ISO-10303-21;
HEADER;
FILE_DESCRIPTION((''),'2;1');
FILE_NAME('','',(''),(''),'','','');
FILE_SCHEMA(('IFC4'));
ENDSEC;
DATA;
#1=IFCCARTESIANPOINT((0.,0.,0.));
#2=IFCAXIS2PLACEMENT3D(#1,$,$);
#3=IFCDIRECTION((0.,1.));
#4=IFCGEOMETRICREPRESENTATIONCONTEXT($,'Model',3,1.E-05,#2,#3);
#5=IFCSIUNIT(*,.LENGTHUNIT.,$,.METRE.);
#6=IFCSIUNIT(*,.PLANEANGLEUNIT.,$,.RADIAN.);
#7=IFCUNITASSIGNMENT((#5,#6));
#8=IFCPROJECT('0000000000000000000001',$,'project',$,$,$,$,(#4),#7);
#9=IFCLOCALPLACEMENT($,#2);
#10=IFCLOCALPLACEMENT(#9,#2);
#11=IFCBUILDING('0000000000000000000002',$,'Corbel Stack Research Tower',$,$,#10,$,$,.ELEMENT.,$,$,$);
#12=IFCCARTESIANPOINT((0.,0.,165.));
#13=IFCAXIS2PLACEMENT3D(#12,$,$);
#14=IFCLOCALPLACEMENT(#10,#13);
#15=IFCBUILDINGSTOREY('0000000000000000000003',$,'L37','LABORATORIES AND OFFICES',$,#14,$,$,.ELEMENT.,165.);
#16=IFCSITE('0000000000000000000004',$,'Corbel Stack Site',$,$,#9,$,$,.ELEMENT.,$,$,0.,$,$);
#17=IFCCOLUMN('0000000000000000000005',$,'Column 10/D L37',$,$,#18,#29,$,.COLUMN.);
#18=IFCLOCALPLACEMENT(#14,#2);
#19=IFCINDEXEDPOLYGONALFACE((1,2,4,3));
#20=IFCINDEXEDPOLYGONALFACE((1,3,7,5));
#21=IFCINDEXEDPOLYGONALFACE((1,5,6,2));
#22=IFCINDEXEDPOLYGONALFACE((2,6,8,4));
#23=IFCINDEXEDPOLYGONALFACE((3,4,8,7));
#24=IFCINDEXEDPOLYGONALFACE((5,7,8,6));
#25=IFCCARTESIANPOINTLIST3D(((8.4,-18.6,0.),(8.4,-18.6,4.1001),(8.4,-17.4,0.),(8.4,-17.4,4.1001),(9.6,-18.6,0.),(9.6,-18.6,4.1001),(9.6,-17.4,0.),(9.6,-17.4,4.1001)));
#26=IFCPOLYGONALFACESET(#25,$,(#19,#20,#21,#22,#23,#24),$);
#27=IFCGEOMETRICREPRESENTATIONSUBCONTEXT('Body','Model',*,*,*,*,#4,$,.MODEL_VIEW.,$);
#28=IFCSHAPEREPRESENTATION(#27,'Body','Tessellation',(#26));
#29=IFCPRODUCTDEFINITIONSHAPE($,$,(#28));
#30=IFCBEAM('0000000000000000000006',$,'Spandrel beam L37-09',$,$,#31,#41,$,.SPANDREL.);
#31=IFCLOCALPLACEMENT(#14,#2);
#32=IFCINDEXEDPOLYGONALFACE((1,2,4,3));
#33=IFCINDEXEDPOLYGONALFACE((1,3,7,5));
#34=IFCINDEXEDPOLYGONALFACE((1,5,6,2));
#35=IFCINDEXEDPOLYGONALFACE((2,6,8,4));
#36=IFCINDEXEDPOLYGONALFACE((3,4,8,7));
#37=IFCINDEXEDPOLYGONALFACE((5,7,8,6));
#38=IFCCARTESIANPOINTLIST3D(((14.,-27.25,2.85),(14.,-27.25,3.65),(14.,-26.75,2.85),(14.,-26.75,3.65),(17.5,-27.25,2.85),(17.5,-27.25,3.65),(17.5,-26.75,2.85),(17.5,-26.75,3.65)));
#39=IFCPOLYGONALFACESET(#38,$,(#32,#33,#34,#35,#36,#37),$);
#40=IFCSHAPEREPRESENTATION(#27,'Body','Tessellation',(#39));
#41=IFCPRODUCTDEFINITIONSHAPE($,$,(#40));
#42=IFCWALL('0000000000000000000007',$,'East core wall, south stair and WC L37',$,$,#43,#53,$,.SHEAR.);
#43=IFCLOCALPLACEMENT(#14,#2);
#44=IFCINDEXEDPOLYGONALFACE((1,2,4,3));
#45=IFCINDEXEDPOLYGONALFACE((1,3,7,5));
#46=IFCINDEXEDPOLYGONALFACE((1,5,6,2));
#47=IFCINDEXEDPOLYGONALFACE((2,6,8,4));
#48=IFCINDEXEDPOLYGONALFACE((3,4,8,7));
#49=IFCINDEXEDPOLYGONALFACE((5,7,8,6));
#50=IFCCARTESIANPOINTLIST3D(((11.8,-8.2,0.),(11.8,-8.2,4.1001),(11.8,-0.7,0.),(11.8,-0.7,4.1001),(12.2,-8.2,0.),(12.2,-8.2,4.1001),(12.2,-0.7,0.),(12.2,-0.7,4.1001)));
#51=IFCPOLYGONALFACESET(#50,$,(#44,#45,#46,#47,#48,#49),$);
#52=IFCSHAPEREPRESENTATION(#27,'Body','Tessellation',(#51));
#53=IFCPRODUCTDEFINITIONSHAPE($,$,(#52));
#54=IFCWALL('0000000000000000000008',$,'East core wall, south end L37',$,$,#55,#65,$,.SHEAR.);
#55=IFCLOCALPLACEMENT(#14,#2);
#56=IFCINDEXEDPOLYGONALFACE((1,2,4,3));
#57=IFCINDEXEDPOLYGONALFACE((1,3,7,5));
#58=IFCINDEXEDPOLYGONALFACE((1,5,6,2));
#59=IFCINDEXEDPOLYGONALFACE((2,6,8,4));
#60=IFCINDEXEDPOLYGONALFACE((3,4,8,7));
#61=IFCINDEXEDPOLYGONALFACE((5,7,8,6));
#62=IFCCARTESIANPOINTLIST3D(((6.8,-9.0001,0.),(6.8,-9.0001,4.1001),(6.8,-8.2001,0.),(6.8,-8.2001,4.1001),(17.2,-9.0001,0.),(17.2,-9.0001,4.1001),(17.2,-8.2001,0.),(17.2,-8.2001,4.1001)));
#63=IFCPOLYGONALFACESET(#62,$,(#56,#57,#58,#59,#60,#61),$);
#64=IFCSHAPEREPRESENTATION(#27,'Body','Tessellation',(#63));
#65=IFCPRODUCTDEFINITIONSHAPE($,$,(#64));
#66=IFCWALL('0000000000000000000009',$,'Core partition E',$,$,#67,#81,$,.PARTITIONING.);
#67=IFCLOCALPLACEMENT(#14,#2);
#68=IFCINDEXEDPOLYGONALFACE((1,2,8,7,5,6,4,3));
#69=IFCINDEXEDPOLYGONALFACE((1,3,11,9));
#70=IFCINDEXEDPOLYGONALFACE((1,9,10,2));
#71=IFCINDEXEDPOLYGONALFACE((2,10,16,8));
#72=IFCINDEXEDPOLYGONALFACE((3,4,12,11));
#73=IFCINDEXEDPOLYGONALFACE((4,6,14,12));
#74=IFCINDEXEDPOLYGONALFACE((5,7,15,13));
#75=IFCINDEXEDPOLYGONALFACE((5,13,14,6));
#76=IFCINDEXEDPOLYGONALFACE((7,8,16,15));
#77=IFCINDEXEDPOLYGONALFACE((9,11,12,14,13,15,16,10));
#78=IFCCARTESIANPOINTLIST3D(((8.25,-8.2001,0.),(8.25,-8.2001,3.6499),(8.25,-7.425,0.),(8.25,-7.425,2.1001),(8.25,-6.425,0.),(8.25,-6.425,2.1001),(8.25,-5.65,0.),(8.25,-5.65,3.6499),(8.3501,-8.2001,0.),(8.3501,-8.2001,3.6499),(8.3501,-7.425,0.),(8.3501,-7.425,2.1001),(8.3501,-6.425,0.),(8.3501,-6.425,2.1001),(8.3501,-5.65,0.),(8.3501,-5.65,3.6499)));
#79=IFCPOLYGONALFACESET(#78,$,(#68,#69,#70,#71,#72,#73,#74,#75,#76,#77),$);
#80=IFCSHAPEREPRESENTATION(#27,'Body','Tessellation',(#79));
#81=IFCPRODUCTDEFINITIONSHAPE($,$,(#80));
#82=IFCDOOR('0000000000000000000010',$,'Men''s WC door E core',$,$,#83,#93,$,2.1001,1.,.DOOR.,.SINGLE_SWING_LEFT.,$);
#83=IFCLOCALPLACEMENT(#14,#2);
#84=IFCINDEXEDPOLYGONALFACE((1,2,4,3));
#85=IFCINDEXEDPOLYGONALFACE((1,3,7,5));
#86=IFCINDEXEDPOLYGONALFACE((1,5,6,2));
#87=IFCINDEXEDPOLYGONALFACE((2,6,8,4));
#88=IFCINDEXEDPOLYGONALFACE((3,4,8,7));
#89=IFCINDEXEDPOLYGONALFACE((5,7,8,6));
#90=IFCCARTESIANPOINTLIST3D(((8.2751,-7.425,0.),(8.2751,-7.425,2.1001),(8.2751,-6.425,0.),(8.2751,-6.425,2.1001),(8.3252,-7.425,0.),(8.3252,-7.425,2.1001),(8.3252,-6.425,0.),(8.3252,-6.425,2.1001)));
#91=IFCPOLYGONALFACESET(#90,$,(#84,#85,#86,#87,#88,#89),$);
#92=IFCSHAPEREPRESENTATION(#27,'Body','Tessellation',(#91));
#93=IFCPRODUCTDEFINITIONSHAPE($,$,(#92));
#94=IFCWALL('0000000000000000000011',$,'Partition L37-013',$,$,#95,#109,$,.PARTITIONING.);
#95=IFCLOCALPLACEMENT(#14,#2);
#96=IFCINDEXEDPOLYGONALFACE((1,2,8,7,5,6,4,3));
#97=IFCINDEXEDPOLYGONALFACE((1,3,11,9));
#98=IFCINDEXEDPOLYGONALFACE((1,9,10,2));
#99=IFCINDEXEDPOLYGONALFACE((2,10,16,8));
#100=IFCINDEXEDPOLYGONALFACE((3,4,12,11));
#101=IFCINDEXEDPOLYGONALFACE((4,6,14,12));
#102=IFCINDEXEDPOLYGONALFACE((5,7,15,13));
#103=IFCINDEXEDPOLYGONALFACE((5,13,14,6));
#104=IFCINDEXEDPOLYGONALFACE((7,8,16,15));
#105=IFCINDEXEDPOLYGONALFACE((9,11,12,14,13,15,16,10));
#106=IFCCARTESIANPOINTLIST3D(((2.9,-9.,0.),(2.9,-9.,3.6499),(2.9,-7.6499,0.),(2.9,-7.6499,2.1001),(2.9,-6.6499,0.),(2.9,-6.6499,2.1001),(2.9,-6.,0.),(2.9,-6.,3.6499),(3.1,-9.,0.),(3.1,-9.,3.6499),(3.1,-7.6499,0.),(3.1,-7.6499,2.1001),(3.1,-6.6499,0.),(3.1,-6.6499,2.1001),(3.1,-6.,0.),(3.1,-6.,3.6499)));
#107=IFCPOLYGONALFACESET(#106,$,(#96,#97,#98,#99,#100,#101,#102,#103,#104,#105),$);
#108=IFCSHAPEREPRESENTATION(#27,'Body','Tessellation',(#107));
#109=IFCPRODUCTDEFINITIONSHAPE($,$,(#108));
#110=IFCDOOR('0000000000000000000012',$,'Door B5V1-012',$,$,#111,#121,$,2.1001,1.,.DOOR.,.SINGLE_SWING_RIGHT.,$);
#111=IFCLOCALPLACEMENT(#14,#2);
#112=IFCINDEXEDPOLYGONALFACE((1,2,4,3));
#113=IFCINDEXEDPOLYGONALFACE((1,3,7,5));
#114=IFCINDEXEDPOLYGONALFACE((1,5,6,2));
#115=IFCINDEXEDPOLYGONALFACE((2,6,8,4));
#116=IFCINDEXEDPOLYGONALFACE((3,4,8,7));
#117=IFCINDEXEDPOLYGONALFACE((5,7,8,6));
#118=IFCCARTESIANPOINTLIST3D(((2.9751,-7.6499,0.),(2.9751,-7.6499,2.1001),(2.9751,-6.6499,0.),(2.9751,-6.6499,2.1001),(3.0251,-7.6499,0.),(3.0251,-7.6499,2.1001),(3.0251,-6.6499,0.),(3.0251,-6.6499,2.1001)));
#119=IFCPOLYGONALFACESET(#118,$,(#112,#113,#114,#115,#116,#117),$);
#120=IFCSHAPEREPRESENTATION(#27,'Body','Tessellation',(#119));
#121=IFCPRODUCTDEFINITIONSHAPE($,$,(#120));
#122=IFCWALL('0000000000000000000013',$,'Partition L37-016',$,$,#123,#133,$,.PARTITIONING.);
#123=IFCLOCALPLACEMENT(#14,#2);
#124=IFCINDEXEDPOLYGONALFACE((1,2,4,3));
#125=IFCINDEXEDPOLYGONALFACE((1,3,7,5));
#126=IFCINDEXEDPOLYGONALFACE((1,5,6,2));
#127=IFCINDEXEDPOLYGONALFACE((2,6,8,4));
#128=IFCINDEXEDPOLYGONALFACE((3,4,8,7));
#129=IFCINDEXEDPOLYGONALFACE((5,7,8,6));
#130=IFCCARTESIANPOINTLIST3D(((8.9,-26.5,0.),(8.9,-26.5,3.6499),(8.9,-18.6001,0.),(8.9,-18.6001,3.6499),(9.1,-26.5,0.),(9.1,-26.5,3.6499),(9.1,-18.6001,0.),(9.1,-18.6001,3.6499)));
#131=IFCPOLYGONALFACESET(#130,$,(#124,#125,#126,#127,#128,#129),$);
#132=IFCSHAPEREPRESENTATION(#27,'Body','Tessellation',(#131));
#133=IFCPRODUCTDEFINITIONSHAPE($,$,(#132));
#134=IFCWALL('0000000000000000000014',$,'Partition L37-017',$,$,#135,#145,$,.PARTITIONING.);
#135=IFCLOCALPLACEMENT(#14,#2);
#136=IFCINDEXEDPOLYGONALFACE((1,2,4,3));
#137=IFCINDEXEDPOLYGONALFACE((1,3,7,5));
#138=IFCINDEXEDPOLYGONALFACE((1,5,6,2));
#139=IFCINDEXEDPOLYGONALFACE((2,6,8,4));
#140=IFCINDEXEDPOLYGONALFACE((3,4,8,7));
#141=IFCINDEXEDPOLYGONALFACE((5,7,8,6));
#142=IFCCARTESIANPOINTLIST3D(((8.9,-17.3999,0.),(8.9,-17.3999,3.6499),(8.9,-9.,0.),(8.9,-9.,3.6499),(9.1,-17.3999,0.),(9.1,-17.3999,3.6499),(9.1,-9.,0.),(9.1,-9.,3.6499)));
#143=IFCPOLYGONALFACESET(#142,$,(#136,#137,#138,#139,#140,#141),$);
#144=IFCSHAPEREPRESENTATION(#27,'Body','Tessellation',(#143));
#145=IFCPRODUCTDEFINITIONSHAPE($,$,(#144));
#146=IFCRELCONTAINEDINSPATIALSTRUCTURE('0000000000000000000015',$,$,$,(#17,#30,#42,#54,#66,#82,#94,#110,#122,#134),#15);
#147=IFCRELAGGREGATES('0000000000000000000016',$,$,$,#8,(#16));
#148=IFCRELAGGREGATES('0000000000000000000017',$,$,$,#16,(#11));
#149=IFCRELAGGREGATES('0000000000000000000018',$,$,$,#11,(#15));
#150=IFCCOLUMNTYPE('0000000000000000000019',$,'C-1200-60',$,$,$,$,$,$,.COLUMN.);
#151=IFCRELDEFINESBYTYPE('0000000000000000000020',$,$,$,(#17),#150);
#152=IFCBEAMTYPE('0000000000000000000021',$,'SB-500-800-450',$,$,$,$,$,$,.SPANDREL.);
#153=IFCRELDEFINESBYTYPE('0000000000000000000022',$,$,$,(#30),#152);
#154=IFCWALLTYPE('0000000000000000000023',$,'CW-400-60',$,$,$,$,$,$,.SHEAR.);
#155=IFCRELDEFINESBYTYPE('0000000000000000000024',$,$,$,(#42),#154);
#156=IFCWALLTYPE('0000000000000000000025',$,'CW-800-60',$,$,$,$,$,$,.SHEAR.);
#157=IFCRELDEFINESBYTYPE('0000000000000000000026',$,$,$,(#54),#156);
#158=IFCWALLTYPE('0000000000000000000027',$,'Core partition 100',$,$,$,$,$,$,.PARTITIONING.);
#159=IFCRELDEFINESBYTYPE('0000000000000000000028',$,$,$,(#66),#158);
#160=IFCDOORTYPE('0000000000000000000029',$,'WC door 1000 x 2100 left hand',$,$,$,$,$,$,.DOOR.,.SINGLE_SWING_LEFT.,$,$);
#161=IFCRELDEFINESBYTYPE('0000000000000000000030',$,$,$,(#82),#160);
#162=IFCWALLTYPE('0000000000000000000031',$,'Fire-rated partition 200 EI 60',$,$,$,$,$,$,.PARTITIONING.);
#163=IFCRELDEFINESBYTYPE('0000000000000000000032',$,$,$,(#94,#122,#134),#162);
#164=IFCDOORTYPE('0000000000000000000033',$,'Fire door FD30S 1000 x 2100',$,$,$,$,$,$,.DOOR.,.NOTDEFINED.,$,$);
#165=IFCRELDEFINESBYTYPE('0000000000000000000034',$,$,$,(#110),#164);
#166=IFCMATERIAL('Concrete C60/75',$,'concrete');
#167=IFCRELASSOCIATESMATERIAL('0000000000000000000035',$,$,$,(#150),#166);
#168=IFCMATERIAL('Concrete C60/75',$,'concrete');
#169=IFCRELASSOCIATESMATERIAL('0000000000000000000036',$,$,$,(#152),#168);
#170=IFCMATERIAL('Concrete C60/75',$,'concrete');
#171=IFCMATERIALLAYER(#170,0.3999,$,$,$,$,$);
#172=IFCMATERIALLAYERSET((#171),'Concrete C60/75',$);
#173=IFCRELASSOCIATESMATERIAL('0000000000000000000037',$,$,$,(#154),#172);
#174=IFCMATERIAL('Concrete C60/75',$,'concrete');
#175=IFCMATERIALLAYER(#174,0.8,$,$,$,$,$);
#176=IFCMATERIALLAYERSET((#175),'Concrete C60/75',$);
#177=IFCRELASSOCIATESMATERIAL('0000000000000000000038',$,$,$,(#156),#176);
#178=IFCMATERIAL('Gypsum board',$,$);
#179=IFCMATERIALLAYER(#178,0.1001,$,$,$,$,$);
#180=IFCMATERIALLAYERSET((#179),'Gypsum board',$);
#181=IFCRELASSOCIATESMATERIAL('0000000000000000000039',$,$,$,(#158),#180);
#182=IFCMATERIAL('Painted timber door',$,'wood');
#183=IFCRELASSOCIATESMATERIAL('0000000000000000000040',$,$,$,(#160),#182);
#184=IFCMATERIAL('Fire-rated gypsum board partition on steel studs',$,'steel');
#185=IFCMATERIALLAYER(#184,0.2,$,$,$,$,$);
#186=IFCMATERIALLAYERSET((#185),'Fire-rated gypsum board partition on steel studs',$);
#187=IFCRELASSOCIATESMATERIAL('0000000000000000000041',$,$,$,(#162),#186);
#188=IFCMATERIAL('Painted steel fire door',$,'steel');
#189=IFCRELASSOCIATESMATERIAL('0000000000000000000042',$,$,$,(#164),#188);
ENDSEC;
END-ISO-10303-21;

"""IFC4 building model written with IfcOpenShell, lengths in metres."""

from ifc_helpers import new_model, si_unit, direction, frame, frame_2d, origin, origin_2d, place, context, subcontext, project, spatial, rectangle, extrude, material, layer, layer_set, material_profile, profile_set, type_object, element, fill, save


model = new_model("IFC4")

# Units and contexts
model_context = context("Model", 3, precision=1e-05, world=origin(), true_north=direction((0.0, 1.0)))
body_context = subcontext(model_context, "Body", "Model", "MODEL_VIEW")
ifc_project = project(units=[si_unit("LENGTHUNIT", "METRE"), si_unit("PLANEANGLEUNIT", "RADIAN")], contexts=[model_context])

# Site, building, storey
site_placement = place(None, origin())
site = spatial("IfcSite", under=ifc_project, at=site_placement, Name="Corbel Stack Site", CompositionType="ELEMENT", RefElevation=0.0)
building_placement = place(site_placement, origin())
building = spatial("IfcBuilding", under=site, at=building_placement, Name="Corbel Stack Research Tower", CompositionType="ELEMENT")
storey_placement = place(building_placement, frame((0.0, 0.0, 165.0)))
storey = spatial("IfcBuildingStorey", under=building, at=storey_placement, Name="L37", Description="LABORATORIES AND OFFICES", CompositionType="ELEMENT", Elevation=165.0)

# Column
ifc_material_1 = material(Name="Concrete C60/75", Category="concrete")
ifc_material_profile_1 = material_profile(ifc_material_1, rectangle(XDim=1.2, YDim=1.2, at=origin_2d()), Name="RC 1200 x 1200")
ifc_profile_set_1 = profile_set([ifc_material_profile_1], Name="Concrete C60/75")
column_type = type_object("IfcColumnType", Name="C-1200-60", PredefinedType="COLUMN", material=ifc_profile_set_1)
column_placement = place(storey_placement, frame((9.0, -18.0, 0.0), z_axis=(0.0, 0.0, 1.0), x_axis=(1.0, 0.0, 0.0)))
element("IfcColumn", 1, at=column_placement, inside=storey, type_object=column_type, Name="Column 10/D L37", PredefinedType="COLUMN", context=body_context, shape_type="SweptSolid", body=[
    extrude(rectangle(XDim=1.2, YDim=1.2, at=origin_2d()), origin(), (0.0, 0.0, 1.0), 4.1001),
])

# Beam
ifc_material_2 = material(Name="Concrete C60/75", Category="concrete")
ifc_material_profile_2 = material_profile(ifc_material_2, rectangle(XDim=0.5, YDim=0.8, at=origin_2d()), Name="RC 500 x 800")
ifc_profile_set_2 = profile_set([ifc_material_profile_2], Name="Concrete C60/75")
beam_type = type_object("IfcBeamType", Name="SB-500-800-450", PredefinedType="SPANDREL", material=ifc_profile_set_2)
beam_placement = place(storey_placement, frame((14.0, -27.0, 3.25), z_axis=(1.0, 0.0, 0.0), x_axis=(0.0, 1.0, 0.0)))
element("IfcBeam", 2, at=beam_placement, inside=storey, type_object=beam_type, Name="Spandrel beam L37-09", PredefinedType="SPANDREL", context=body_context, shape_type="SweptSolid", body=[
    extrude(rectangle(XDim=0.5, YDim=0.8, at=origin_2d()), origin(), (0.0, 0.0, 1.0), 3.5),
])

# Wall
ifc_material_3 = material(Name="Concrete C60/75", Category="concrete")
ifc_layer_1 = layer(ifc_material_3, 0.3999)
ifc_layer_set_1 = layer_set([ifc_layer_1], Name="Concrete C60/75")
wall_type_1 = type_object("IfcWallType", Name="CW-400-60", PredefinedType="SHEAR", material=ifc_layer_set_1)
wall_1_placement = place(storey_placement, frame((12.0, -8.2, 0.0), z_axis=(0.0, 0.0, 1.0), x_axis=(0.0, 1.0, 0.0)))
element("IfcWall", 3, at=wall_1_placement, inside=storey, type_object=wall_type_1, Name="East core wall, south stair and WC L37", PredefinedType="SHEAR", context=body_context, shape_type="SweptSolid", body=[
    extrude(rectangle(XDim=7.5, YDim=0.3999, at=frame_2d((3.75, 0.0))), origin(), (0.0, 0.0, 1.0), 4.1001),
])

# Shared definitions
ifc_material_4 = material(Name="Concrete C60/75", Category="concrete")
ifc_layer_2 = layer(ifc_material_4, 0.8)
ifc_layer_set_2 = layer_set([ifc_layer_2], Name="Concrete C60/75")
wall_type_2 = type_object("IfcWallType", Name="CW-800-60", PredefinedType="SHEAR", material=ifc_layer_set_2)

# Wall
wall_2_placement = place(storey_placement, frame((6.8, -8.6001, 0.0), z_axis=(0.0, 0.0, 1.0), x_axis=(1.0, 0.0, 0.0)))
element("IfcWall", 4, at=wall_2_placement, inside=storey, type_object=wall_type_2, Name="East core wall, south end L37", PredefinedType="SHEAR", context=body_context, shape_type="SweptSolid", body=[
    extrude(rectangle(XDim=10.3999, YDim=0.8, at=frame_2d((5.2, 0.0))), origin(), (0.0, 0.0, 1.0), 4.1001),
])

# Walls, openings, doors
ifc_material_5 = material(Name="Gypsum board")
ifc_layer_3 = layer(ifc_material_5, 0.1001)
ifc_layer_set_3 = layer_set([ifc_layer_3], Name="Gypsum board")
wall_type_3 = type_object("IfcWallType", Name="Core partition 100", PredefinedType="PARTITIONING", material=ifc_layer_set_3)
wall_3_placement = place(storey_placement, frame((8.3, -8.2, 0.0), z_axis=(0.0, 0.0, 1.0), x_axis=(0.0, 1.0, 0.0)))
wall_3 = element("IfcWall", 5, at=wall_3_placement, inside=storey, type_object=wall_type_3, Name="Core partition E", PredefinedType="PARTITIONING", context=body_context, shape_type="SweptSolid", body=[
    extrude(rectangle(XDim=2.55, YDim=0.1001, at=frame_2d((1.2749, 0.0))), origin(), (0.0, 0.0, 1.0), 3.6499),
])
opening_1_placement = place(wall_3_placement, frame((0.7749, 0.0, 0.0)))
opening_1 = element("IfcOpeningElement", 6, at=opening_1_placement, cuts=wall_3, PredefinedType="OPENING", context=body_context, shape_type="SweptSolid", body=[
    extrude(rectangle(XDim=1.0, YDim=2.1001, at=frame_2d((0.5, 1.05))), frame((0.0, 0.0601, 0.0), z_axis=(0.0, -1.0, 0.0), x_axis=(1.0, 0.0, 0.0)), (0.0, 0.0, 1.0), 0.1201),
])
ifc_material_6 = material(Name="Painted timber door", Category="wood")
door_type_1 = type_object("IfcDoorType", Name="WC door 1000 x 2100 left hand", OperationType="SINGLE_SWING_LEFT", PredefinedType="DOOR", material=ifc_material_6)
door_1_placement = place(opening_1_placement, origin())
door_1 = element("IfcDoor", 7, at=door_1_placement, inside=storey, type_object=door_type_1, Name="Men's WC door E core", OperationType="SINGLE_SWING_LEFT", OverallHeight=2.1001, OverallWidth=1.0, PredefinedType="DOOR", context=body_context, shape_type="SweptSolid", body=[
    extrude(rectangle(XDim=1.0, YDim=2.1001, at=frame_2d((0.5, 1.05))), frame((0.0, 0.0249, 0.0), z_axis=(0.0, -1.0, 0.0), x_axis=(1.0, 0.0, 0.0)), (0.0, 0.0, 1.0), 0.05),
])
fill(opening_1, door_1)
ifc_material_7 = material(Name="Fire-rated gypsum board partition on steel studs", Category="steel")
ifc_layer_4 = layer(ifc_material_7, 0.2)
ifc_layer_set_4 = layer_set([ifc_layer_4], Name="Fire-rated gypsum board partition on steel studs")
wall_type_4 = type_object("IfcWallType", Name="Fire-rated partition 200 EI 60", PredefinedType="PARTITIONING", material=ifc_layer_set_4)
wall_4_placement = place(storey_placement, frame((3.0, -9.0, 0.0), z_axis=(0.0, 0.0, 1.0), x_axis=(0.0, 1.0, 0.0)))
wall_4 = element("IfcWall", 8, at=wall_4_placement, inside=storey, type_object=wall_type_4, Name="Partition L37-013", PredefinedType="PARTITIONING", context=body_context, shape_type="SweptSolid", body=[
    extrude(rectangle(XDim=3.0, YDim=0.2, at=frame_2d((1.5, 0.0))), origin(), (0.0, 0.0, 1.0), 3.6499),
])
opening_2_placement = place(wall_4_placement, frame((1.3501, 0.0, 0.0)))
opening_2 = element("IfcOpeningElement", 9, at=opening_2_placement, cuts=wall_4, PredefinedType="OPENING", context=body_context, shape_type="SweptSolid", body=[
    extrude(rectangle(XDim=1.0, YDim=2.1001, at=frame_2d((0.5, 1.05))), frame((0.0, 0.1099, 0.0), z_axis=(0.0, -1.0, 0.0), x_axis=(1.0, 0.0, 0.0)), (0.0, 0.0, 1.0), 0.22),
])
ifc_material_8 = material(Name="Painted steel fire door", Category="steel")
door_type_2 = type_object("IfcDoorType", Name="Fire door FD30S 1000 x 2100", OperationType="NOTDEFINED", PredefinedType="DOOR", material=ifc_material_8)
door_2_placement = place(opening_2_placement, origin())
door_2 = element("IfcDoor", 10, at=door_2_placement, inside=storey, type_object=door_type_2, Name="Door B5V1-012", OperationType="SINGLE_SWING_RIGHT", OverallHeight=2.1001, OverallWidth=1.0, PredefinedType="DOOR", context=body_context, shape_type="SweptSolid", body=[
    extrude(rectangle(XDim=1.0, YDim=2.1001, at=frame_2d((0.5, 1.05))), frame((0.0, 0.0249, 0.0), z_axis=(0.0, -1.0, 0.0), x_axis=(1.0, 0.0, 0.0)), (0.0, 0.0, 1.0), 0.05),
])
fill(opening_2, door_2)

# Walls
wall_5_placement = place(storey_placement, frame((9.0, -26.5, 0.0), z_axis=(0.0, 0.0, 1.0), x_axis=(0.0, 1.0, 0.0)))
element("IfcWall", 11, at=wall_5_placement, inside=storey, type_object=wall_type_4, Name="Partition L37-016", PredefinedType="PARTITIONING", context=body_context, shape_type="SweptSolid", body=[
    extrude(rectangle(XDim=7.8999, YDim=0.2, at=frame_2d((3.95, 0.0))), origin(), (0.0, 0.0, 1.0), 3.6499),
])
wall_6_placement = place(storey_placement, frame((9.0, -17.3999, 0.0), z_axis=(0.0, 0.0, 1.0), x_axis=(0.0, 1.0, 0.0)))
element("IfcWall", 12, at=wall_6_placement, inside=storey, type_object=wall_type_4, Name="Partition L37-017", PredefinedType="PARTITIONING", context=body_context, shape_type="SweptSolid", body=[
    extrude(rectangle(XDim=8.3999, YDim=0.2, at=frame_2d((4.2, 0.0))), origin(), (0.0, 0.0, 1.0), 3.6499),
])

save(model, "model.ifc")
